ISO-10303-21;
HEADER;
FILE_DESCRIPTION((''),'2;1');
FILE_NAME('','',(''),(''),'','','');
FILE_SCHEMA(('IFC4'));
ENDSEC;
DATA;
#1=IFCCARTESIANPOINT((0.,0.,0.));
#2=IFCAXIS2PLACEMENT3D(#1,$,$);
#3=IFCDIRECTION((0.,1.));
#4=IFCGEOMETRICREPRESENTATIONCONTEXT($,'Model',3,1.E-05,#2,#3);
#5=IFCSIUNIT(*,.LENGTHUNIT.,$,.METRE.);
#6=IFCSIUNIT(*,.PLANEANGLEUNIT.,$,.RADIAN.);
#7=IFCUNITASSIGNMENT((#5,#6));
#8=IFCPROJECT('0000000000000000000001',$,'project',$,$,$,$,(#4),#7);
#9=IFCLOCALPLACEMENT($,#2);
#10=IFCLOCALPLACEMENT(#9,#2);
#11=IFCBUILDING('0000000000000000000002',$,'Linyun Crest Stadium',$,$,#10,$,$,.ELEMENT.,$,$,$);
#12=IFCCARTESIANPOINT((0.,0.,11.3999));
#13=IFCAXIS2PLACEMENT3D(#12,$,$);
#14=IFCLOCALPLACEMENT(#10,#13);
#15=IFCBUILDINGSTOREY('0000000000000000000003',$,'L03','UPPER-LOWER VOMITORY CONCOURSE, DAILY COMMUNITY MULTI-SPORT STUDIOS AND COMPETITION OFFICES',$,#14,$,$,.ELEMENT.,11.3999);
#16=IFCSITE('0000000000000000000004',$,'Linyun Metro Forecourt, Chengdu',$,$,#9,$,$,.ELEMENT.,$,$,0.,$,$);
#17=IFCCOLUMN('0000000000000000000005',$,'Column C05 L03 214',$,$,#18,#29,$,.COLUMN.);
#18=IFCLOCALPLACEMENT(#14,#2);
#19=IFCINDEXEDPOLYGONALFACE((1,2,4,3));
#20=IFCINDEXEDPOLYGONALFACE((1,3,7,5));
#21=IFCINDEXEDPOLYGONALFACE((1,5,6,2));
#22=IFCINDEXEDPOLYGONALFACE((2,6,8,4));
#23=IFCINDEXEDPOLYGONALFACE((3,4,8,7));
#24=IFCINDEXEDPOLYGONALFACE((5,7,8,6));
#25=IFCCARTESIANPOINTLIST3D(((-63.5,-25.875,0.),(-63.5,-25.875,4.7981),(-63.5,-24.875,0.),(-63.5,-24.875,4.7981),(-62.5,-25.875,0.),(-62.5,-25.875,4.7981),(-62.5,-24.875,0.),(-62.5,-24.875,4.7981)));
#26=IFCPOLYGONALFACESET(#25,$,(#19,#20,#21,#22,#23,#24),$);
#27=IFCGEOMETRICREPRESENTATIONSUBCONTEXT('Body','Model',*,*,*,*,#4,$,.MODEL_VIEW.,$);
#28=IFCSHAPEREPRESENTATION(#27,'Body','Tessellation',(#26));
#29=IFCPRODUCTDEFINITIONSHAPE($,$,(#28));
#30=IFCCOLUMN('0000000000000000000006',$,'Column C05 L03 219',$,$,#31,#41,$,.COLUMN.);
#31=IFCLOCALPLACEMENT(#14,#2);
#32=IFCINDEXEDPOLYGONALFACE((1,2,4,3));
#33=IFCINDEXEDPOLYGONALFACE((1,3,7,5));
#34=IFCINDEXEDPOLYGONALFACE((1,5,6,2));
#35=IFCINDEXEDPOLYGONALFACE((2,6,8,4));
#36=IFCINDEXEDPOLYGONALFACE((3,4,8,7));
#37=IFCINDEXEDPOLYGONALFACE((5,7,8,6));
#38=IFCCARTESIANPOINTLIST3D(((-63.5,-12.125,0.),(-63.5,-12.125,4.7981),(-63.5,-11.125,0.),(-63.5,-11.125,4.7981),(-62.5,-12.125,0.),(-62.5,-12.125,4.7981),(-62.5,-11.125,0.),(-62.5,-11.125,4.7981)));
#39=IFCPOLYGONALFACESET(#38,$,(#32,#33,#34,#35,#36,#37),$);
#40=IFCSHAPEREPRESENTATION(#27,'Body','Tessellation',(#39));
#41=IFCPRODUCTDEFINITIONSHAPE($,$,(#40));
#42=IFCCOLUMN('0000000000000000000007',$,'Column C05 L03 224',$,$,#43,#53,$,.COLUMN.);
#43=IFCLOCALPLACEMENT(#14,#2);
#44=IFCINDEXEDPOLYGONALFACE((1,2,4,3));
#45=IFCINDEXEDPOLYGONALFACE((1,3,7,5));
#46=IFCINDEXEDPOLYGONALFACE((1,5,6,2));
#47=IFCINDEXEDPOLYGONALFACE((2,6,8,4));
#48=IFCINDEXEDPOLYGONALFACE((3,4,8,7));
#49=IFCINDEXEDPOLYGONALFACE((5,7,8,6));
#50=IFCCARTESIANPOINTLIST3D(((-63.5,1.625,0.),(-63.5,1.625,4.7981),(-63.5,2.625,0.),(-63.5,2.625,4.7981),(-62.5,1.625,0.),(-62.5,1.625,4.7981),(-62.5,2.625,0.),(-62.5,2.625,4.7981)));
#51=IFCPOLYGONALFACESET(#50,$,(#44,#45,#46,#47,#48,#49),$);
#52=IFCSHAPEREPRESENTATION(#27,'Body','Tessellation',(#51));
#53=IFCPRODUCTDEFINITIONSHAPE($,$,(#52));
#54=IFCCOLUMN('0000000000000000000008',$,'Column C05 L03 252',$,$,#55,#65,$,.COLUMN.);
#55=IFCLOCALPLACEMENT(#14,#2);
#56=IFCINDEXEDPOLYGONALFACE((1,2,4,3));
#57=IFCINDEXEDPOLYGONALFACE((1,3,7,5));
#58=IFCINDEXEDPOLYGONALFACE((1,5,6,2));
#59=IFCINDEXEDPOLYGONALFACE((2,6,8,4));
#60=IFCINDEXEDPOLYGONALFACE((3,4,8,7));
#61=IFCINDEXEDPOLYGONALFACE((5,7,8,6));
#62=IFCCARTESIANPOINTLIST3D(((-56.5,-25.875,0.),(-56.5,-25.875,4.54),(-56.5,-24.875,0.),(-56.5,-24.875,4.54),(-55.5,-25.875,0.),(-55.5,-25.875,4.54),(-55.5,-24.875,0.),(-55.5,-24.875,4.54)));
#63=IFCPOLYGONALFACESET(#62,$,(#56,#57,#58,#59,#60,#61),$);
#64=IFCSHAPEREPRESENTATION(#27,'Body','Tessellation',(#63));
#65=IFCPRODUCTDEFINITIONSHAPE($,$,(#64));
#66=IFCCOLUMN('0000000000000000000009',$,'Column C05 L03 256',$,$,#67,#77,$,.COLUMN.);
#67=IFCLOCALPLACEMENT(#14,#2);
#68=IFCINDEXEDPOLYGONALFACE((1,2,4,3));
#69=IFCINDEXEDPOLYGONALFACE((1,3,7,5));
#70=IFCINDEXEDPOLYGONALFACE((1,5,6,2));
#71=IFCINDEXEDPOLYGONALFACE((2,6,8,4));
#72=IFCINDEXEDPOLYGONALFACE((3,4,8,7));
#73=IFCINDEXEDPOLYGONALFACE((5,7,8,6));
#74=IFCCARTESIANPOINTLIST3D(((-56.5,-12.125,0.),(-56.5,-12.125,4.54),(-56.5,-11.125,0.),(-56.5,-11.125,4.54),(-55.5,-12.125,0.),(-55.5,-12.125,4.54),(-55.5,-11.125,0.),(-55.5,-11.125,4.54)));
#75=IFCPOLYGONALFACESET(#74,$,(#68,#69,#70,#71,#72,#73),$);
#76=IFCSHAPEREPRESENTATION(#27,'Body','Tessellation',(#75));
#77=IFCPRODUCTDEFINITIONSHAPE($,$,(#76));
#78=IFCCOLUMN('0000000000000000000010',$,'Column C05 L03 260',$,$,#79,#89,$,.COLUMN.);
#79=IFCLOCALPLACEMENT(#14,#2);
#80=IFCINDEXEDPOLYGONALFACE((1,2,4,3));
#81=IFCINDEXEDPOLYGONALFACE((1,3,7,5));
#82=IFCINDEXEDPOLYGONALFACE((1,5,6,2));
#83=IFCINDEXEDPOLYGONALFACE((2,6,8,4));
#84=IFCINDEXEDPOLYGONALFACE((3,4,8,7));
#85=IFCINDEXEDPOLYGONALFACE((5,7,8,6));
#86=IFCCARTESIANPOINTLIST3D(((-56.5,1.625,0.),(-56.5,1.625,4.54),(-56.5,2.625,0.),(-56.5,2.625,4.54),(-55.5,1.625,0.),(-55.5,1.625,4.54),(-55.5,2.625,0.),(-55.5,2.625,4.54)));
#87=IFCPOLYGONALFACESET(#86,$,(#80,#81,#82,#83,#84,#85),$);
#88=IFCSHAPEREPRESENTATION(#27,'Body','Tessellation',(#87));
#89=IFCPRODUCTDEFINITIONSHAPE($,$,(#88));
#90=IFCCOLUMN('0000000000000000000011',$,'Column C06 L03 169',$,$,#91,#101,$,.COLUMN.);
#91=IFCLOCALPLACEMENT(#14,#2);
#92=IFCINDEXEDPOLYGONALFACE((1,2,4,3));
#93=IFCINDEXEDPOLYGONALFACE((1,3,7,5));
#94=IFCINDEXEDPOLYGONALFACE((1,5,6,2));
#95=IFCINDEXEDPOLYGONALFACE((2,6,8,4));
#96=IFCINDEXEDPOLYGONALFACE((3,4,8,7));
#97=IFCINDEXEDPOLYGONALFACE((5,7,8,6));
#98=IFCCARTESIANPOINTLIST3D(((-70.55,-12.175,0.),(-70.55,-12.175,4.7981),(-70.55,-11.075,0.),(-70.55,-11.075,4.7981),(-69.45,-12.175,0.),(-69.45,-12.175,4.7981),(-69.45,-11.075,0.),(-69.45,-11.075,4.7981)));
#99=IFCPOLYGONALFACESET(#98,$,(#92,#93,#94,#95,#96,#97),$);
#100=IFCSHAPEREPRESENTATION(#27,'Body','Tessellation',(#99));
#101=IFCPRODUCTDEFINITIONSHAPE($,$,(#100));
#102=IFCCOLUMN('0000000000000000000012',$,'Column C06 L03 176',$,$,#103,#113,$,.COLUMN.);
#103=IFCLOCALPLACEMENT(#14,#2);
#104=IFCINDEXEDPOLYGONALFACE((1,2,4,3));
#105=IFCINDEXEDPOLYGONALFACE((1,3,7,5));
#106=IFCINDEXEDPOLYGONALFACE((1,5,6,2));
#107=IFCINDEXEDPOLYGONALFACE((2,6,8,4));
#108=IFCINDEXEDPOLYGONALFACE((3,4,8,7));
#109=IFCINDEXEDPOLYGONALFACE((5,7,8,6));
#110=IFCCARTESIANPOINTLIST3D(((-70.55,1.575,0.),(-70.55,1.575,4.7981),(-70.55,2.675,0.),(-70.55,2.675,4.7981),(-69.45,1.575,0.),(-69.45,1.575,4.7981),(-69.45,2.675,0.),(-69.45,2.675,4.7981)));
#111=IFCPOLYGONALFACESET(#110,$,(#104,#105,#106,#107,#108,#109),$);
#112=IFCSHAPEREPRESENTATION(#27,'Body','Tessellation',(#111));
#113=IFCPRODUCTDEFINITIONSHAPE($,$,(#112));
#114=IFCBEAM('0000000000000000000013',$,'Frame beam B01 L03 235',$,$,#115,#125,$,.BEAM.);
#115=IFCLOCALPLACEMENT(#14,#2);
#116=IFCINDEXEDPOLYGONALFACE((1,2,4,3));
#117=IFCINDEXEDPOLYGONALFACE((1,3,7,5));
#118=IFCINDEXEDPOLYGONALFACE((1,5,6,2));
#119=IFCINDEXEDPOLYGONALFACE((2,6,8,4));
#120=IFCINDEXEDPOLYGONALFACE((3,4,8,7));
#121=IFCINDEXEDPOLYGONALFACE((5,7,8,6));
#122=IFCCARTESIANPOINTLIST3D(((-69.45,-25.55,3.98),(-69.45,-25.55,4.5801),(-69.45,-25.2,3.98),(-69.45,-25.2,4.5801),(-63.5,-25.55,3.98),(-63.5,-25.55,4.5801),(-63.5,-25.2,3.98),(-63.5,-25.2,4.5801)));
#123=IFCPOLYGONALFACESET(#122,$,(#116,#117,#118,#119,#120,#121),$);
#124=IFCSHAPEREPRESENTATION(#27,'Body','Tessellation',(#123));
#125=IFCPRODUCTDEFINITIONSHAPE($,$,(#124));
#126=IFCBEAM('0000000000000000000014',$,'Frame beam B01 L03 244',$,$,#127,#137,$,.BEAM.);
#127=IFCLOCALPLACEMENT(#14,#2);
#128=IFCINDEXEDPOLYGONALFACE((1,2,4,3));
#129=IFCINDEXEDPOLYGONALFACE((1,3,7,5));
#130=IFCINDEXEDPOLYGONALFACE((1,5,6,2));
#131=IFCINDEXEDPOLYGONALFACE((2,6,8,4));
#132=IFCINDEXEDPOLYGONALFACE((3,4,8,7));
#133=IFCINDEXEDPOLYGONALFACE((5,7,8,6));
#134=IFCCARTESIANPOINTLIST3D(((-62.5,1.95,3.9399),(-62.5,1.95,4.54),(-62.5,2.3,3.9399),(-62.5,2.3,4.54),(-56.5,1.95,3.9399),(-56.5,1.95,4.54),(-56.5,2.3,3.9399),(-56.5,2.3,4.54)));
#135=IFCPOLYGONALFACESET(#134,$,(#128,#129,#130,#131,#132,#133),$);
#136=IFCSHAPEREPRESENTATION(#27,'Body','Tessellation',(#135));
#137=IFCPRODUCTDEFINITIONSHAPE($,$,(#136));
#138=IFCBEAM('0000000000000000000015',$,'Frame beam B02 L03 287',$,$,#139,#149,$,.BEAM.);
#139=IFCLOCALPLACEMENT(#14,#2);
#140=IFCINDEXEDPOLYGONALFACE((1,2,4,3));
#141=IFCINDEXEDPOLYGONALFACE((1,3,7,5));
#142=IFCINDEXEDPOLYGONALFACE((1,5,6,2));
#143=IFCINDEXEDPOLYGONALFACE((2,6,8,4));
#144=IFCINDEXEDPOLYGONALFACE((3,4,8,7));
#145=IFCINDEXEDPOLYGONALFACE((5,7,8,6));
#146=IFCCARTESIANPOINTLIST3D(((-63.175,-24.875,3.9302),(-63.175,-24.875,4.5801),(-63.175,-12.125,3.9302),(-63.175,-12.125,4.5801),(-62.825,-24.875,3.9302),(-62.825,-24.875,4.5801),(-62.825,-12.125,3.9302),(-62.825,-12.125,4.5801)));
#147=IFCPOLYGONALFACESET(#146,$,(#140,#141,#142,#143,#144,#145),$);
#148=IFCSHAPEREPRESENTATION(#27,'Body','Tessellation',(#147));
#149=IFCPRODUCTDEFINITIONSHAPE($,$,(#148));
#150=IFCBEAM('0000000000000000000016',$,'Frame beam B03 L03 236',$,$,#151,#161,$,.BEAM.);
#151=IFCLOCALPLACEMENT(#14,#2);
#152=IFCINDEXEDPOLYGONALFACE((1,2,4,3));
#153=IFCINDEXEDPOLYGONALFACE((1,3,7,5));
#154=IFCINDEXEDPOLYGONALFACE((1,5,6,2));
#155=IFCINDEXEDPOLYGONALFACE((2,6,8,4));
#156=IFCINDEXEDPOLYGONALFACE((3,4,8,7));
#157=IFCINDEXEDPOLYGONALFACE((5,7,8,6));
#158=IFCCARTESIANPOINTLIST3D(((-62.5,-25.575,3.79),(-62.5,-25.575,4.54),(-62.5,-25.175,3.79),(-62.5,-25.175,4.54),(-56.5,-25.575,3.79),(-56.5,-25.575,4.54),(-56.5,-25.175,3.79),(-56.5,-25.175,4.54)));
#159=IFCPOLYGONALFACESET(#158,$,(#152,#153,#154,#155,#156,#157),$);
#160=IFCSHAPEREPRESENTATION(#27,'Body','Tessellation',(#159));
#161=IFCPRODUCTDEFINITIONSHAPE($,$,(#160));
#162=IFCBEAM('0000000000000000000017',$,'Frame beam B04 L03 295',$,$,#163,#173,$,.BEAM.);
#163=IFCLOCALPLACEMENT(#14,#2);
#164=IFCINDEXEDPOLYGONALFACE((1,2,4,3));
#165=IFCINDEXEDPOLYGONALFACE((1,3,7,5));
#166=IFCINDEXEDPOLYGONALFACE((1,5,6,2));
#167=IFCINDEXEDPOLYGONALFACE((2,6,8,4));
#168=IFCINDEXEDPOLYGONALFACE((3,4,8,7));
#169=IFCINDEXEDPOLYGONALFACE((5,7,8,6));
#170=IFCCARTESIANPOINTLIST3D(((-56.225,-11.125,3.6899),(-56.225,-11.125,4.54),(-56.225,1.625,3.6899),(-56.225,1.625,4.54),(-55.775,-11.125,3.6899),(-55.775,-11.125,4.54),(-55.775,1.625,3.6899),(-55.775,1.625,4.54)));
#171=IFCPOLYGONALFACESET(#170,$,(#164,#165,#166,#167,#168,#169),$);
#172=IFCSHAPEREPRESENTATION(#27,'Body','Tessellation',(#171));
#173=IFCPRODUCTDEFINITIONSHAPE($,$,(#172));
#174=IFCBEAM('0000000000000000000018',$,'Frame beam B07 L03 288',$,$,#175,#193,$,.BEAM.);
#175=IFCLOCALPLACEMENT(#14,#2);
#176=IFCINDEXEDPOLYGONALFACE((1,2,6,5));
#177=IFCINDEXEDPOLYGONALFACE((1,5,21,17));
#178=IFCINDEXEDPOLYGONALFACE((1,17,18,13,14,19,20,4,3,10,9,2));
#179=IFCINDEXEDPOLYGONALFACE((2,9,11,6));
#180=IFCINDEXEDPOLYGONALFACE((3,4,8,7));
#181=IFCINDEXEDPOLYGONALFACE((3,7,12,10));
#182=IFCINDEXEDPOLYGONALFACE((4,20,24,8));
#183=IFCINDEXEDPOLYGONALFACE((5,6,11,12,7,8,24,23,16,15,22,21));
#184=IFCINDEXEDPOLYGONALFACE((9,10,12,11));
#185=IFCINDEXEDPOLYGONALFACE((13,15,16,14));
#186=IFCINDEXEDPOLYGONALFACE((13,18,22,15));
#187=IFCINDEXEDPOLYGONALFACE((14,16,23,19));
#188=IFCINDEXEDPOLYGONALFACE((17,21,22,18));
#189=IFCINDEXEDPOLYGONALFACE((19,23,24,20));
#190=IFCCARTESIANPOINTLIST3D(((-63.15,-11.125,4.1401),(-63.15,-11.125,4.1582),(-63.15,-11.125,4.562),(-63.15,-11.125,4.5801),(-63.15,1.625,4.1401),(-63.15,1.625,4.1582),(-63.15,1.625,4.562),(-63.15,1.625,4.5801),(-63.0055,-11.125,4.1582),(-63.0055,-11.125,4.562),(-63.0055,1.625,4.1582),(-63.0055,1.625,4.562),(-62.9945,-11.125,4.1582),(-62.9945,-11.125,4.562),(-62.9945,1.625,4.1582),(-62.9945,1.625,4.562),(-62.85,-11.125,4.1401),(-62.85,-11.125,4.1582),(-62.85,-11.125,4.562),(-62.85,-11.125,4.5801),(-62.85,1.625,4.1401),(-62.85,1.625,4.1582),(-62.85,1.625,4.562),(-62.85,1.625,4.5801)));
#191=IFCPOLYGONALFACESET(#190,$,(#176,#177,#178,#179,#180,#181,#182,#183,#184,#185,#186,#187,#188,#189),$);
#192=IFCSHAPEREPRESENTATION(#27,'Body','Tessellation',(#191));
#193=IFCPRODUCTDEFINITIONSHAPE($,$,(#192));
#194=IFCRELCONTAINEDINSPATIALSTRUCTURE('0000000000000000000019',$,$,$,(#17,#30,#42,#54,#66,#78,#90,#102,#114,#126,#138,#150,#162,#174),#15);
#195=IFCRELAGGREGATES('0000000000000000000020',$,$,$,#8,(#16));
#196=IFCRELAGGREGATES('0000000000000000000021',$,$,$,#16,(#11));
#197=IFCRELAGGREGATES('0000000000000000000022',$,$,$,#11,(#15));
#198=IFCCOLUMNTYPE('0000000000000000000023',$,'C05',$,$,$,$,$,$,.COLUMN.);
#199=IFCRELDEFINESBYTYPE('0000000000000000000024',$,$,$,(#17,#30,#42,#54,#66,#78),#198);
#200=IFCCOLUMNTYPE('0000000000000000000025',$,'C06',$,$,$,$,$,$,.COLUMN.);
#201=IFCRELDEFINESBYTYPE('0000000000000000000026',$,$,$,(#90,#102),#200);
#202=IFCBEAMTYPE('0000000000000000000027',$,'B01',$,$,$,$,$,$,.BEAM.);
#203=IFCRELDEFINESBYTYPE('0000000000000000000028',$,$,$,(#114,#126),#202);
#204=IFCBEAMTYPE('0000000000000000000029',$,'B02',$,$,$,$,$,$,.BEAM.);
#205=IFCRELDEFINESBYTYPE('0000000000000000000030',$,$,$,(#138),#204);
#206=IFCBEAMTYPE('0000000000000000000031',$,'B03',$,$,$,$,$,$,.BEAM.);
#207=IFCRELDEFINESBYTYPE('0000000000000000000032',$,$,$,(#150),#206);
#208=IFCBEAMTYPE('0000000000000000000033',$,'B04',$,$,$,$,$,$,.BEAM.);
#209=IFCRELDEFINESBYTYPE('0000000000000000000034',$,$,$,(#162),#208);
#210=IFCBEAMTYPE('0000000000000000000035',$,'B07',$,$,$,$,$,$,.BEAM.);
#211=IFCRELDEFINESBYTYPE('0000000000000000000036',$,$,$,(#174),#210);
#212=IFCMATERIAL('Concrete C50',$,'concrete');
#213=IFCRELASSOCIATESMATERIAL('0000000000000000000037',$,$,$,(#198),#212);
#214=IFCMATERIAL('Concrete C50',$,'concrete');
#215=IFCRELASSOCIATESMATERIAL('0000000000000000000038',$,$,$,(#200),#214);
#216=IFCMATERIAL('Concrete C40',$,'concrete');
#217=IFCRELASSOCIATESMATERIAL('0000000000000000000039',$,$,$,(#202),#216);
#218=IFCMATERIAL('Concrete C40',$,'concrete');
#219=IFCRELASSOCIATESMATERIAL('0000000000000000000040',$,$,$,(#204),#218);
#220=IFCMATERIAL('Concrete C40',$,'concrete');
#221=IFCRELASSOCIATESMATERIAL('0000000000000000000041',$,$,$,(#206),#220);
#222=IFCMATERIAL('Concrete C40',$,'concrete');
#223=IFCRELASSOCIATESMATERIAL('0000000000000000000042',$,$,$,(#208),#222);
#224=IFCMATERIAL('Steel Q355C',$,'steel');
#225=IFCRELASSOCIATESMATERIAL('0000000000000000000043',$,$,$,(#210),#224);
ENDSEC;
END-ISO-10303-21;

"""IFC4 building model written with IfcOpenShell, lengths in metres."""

from ifc_helpers import new_model, si_unit, direction, frame, origin, origin_2d, place, context, subcontext, project, spatial, rectangle, i_section, extrude, material, material_profile, profile_set, type_object, element, save


model = new_model("IFC4")

# Units and contexts
model_context = context("Model", 3, precision=1e-05, world=origin(), true_north=direction((0.0, 1.0)))
body_context = subcontext(model_context, "Body", "Model", "MODEL_VIEW")
ifc_project = project(units=[si_unit("LENGTHUNIT", "METRE"), si_unit("PLANEANGLEUNIT", "RADIAN")], contexts=[model_context])

# Site, building, storey
site_placement = place(None, origin())
site = spatial("IfcSite", under=ifc_project, at=site_placement, Name="Linyun Metro Forecourt, Chengdu", CompositionType="ELEMENT", RefElevation=0.0)
building_placement = place(site_placement, origin())
building = spatial("IfcBuilding", under=site, at=building_placement, Name="Linyun Crest Stadium", CompositionType="ELEMENT")
storey_placement = place(building_placement, frame((0.0, 0.0, 11.3999)))
storey = spatial("IfcBuildingStorey", under=building, at=storey_placement, Name="L03", Description="UPPER-LOWER VOMITORY CONCOURSE, DAILY COMMUNITY MULTI-SPORT STUDIOS AND COMPETITION OFFICES", CompositionType="ELEMENT", Elevation=11.3999)

# Columns
ifc_material_1 = material(Name="Concrete C50", Category="concrete")
ifc_material_profile_1 = material_profile(ifc_material_1, rectangle(XDim=1.0, YDim=1.0, at=origin_2d()), Name="RC 1000x1000")
ifc_profile_set_1 = profile_set([ifc_material_profile_1], Name="Concrete C50")
column_type_1 = type_object("IfcColumnType", Name="C05", PredefinedType="COLUMN", material=ifc_profile_set_1)
for number, where, z_axis, x_axis, name in (
    (1, (-63.0, -25.375, 0.0), (0.0, 0.0, 1.0), (1.0, 0.0, 0.0), "Column C05 L03 214"),
    (2, (-63.0, -11.625, 0.0), (0.0, 0.0, 1.0), (1.0, 0.0, 0.0), "Column C05 L03 219"),
    (3, (-63.0, 2.125, 0.0), (0.0, 0.0, 1.0), (1.0, 0.0, 0.0), "Column C05 L03 224"),
):
    element("IfcColumn", number, at=place(storey_placement, frame(where, z_axis=z_axis, x_axis=x_axis)), inside=storey, type_object=column_type_1, Name=name, PredefinedType="COLUMN", context=body_context, shape_type="SweptSolid", body=[
        extrude(rectangle(XDim=1.0, YDim=1.0, at=origin_2d()), origin(), (0.0, 0.0, 1.0), 4.7981),
    ])
for number, where, z_axis, x_axis, name in (
    (4, (-56.0, -25.375, 0.0), (0.0, 0.0, 1.0), (1.0, 0.0, 0.0), "Column C05 L03 252"),
    (5, (-56.0, -11.625, 0.0), (0.0, 0.0, 1.0), (1.0, 0.0, 0.0), "Column C05 L03 256"),
    (6, (-56.0, 2.125, 0.0), (0.0, 0.0, 1.0), (1.0, 0.0, 0.0), "Column C05 L03 260"),
):
    element("IfcColumn", number, at=place(storey_placement, frame(where, z_axis=z_axis, x_axis=x_axis)), inside=storey, type_object=column_type_1, Name=name, PredefinedType="COLUMN", context=body_context, shape_type="SweptSolid", body=[
        extrude(rectangle(XDim=1.0, YDim=1.0, at=origin_2d()), origin(), (0.0, 0.0, 1.0), 4.54),
    ])
ifc_material_2 = material(Name="Concrete C50", Category="concrete")
ifc_material_profile_2 = material_profile(ifc_material_2, rectangle(XDim=1.1001, YDim=1.1001, at=origin_2d()), Name="RC 1100x1100")
ifc_profile_set_2 = profile_set([ifc_material_profile_2], Name="Concrete C50")
column_type_2 = type_object("IfcColumnType", Name="C06", PredefinedType="COLUMN", material=ifc_profile_set_2)
for number, where, z_axis, x_axis, name in (
    (7, (-70.0, -11.625, 0.0), (0.0, 0.0, 1.0), (1.0, 0.0, 0.0), "Column C06 L03 169"),
    (8, (-70.0, 2.125, 0.0), (0.0, 0.0, 1.0), (1.0, 0.0, 0.0), "Column C06 L03 176"),
):
    element("IfcColumn", number, at=place(storey_placement, frame(where, z_axis=z_axis, x_axis=x_axis)), inside=storey, type_object=column_type_2, Name=name, PredefinedType="COLUMN", context=body_context, shape_type="SweptSolid", body=[
        extrude(rectangle(XDim=1.1001, YDim=1.1001, at=origin_2d()), origin(), (0.0, 0.0, 1.0), 4.7981),
    ])

# Beams
ifc_material_3 = material(Name="Concrete C40", Category="concrete")
ifc_material_profile_3 = material_profile(ifc_material_3, rectangle(XDim=0.3501, YDim=0.6001, at=origin_2d()), Name="RCB 600x350")
ifc_profile_set_3 = profile_set([ifc_material_profile_3], Name="Concrete C40")
beam_type_1 = type_object("IfcBeamType", Name="B01", PredefinedType="BEAM", material=ifc_profile_set_3)
beam_1_placement = place(storey_placement, frame((-69.45, -25.375, 4.28), z_axis=(1.0, 0.0, 0.0), x_axis=(0.0, 1.0, 0.0)))
element("IfcBeam", 9, at=beam_1_placement, inside=storey, type_object=beam_type_1, Name="Frame beam B01 L03 235", PredefinedType="BEAM", context=body_context, shape_type="SweptSolid", body=[
    extrude(rectangle(XDim=0.3501, YDim=0.6001, at=origin_2d()), origin(), (0.0, 0.0, 1.0), 5.95),
])
beam_2_placement = place(storey_placement, frame((-62.5, 2.125, 4.24), z_axis=(1.0, 0.0, 0.0), x_axis=(0.0, 1.0, 0.0)))
element("IfcBeam", 10, at=beam_2_placement, inside=storey, type_object=beam_type_1, Name="Frame beam B01 L03 244", PredefinedType="BEAM", context=body_context, shape_type="SweptSolid", body=[
    extrude(rectangle(XDim=0.3501, YDim=0.6001, at=origin_2d()), origin(), (0.0, 0.0, 1.0), 6.0),
])
ifc_material_4 = material(Name="Concrete C40", Category="concrete")
ifc_material_profile_4 = material_profile(ifc_material_4, rectangle(XDim=0.3501, YDim=0.6499, at=origin_2d()), Name="RCB 650x350")
ifc_profile_set_4 = profile_set([ifc_material_profile_4], Name="Concrete C40")
beam_type_2 = type_object("IfcBeamType", Name="B02", PredefinedType="BEAM", material=ifc_profile_set_4)
beam_3_placement = place(storey_placement, frame((-63.0, -24.875, 4.2551), z_axis=(0.0, 1.0, 0.0), x_axis=(-1.0, 0.0, 0.0)))
element("IfcBeam", 11, at=beam_3_placement, inside=storey, type_object=beam_type_2, Name="Frame beam B02 L03 287", PredefinedType="BEAM", context=body_context, shape_type="SweptSolid", body=[
    extrude(rectangle(XDim=0.3501, YDim=0.6499, at=origin_2d()), origin(), (0.0, 0.0, 1.0), 12.75),
])
ifc_material_5 = material(Name="Concrete C40", Category="concrete")
ifc_material_profile_5 = material_profile(ifc_material_5, rectangle(XDim=0.3999, YDim=0.75, at=origin_2d()), Name="RCB 750x400")
ifc_profile_set_5 = profile_set([ifc_material_profile_5], Name="Concrete C40")
beam_type_3 = type_object("IfcBeamType", Name="B03", PredefinedType="BEAM", material=ifc_profile_set_5)
beam_4_placement = place(storey_placement, frame((-62.5, -25.375, 4.165), z_axis=(1.0, 0.0, 0.0), x_axis=(0.0, 1.0, 0.0)))
element("IfcBeam", 12, at=beam_4_placement, inside=storey, type_object=beam_type_3, Name="Frame beam B03 L03 236", PredefinedType="BEAM", context=body_context, shape_type="SweptSolid", body=[
    extrude(rectangle(XDim=0.3999, YDim=0.75, at=origin_2d()), origin(), (0.0, 0.0, 1.0), 6.0),
])
ifc_material_6 = material(Name="Concrete C40", Category="concrete")
ifc_material_profile_6 = material_profile(ifc_material_6, rectangle(XDim=0.45, YDim=0.8501, at=origin_2d()), Name="RCB 850x450")
ifc_profile_set_6 = profile_set([ifc_material_profile_6], Name="Concrete C40")
beam_type_4 = type_object("IfcBeamType", Name="B04", PredefinedType="BEAM", material=ifc_profile_set_6)
beam_5_placement = place(storey_placement, frame((-56.0, -11.125, 4.115), z_axis=(0.0, 1.0, 0.0), x_axis=(-1.0, 0.0, 0.0)))
element("IfcBeam", 13, at=beam_5_placement, inside=storey, type_object=beam_type_4, Name="Frame beam B04 L03 295", PredefinedType="BEAM", context=body_context, shape_type="SweptSolid", body=[
    extrude(rectangle(XDim=0.45, YDim=0.8501, at=origin_2d()), origin(), (0.0, 0.0, 1.0), 12.75),
])
ifc_material_7 = material(Name="Steel Q355C", Category="steel")
ifc_material_profile_7 = material_profile(ifc_material_7, i_section(OverallWidth=0.3, OverallDepth=0.4399, WebThickness=0.011, FlangeThickness=0.0181, at=origin_2d()), Name="HM 440x300")
ifc_profile_set_7 = profile_set([ifc_material_profile_7], Name="Steel Q355C")
beam_type_5 = type_object("IfcBeamType", Name="B07", PredefinedType="BEAM", material=ifc_profile_set_7)
beam_6_placement = place(storey_placement, frame((-63.0, -11.125, 4.3601), z_axis=(0.0, 1.0, 0.0), x_axis=(-1.0, 0.0, 0.0)))
element("IfcBeam", 14, at=beam_6_placement, inside=storey, type_object=beam_type_5, Name="Frame beam B07 L03 288", PredefinedType="BEAM", context=body_context, shape_type="SweptSolid", body=[
    extrude(i_section(OverallWidth=0.3, OverallDepth=0.4399, WebThickness=0.011, FlangeThickness=0.0181, at=origin_2d()), origin(), (0.0, 0.0, 1.0), 12.75),
])

save(model, "model.ifc")
